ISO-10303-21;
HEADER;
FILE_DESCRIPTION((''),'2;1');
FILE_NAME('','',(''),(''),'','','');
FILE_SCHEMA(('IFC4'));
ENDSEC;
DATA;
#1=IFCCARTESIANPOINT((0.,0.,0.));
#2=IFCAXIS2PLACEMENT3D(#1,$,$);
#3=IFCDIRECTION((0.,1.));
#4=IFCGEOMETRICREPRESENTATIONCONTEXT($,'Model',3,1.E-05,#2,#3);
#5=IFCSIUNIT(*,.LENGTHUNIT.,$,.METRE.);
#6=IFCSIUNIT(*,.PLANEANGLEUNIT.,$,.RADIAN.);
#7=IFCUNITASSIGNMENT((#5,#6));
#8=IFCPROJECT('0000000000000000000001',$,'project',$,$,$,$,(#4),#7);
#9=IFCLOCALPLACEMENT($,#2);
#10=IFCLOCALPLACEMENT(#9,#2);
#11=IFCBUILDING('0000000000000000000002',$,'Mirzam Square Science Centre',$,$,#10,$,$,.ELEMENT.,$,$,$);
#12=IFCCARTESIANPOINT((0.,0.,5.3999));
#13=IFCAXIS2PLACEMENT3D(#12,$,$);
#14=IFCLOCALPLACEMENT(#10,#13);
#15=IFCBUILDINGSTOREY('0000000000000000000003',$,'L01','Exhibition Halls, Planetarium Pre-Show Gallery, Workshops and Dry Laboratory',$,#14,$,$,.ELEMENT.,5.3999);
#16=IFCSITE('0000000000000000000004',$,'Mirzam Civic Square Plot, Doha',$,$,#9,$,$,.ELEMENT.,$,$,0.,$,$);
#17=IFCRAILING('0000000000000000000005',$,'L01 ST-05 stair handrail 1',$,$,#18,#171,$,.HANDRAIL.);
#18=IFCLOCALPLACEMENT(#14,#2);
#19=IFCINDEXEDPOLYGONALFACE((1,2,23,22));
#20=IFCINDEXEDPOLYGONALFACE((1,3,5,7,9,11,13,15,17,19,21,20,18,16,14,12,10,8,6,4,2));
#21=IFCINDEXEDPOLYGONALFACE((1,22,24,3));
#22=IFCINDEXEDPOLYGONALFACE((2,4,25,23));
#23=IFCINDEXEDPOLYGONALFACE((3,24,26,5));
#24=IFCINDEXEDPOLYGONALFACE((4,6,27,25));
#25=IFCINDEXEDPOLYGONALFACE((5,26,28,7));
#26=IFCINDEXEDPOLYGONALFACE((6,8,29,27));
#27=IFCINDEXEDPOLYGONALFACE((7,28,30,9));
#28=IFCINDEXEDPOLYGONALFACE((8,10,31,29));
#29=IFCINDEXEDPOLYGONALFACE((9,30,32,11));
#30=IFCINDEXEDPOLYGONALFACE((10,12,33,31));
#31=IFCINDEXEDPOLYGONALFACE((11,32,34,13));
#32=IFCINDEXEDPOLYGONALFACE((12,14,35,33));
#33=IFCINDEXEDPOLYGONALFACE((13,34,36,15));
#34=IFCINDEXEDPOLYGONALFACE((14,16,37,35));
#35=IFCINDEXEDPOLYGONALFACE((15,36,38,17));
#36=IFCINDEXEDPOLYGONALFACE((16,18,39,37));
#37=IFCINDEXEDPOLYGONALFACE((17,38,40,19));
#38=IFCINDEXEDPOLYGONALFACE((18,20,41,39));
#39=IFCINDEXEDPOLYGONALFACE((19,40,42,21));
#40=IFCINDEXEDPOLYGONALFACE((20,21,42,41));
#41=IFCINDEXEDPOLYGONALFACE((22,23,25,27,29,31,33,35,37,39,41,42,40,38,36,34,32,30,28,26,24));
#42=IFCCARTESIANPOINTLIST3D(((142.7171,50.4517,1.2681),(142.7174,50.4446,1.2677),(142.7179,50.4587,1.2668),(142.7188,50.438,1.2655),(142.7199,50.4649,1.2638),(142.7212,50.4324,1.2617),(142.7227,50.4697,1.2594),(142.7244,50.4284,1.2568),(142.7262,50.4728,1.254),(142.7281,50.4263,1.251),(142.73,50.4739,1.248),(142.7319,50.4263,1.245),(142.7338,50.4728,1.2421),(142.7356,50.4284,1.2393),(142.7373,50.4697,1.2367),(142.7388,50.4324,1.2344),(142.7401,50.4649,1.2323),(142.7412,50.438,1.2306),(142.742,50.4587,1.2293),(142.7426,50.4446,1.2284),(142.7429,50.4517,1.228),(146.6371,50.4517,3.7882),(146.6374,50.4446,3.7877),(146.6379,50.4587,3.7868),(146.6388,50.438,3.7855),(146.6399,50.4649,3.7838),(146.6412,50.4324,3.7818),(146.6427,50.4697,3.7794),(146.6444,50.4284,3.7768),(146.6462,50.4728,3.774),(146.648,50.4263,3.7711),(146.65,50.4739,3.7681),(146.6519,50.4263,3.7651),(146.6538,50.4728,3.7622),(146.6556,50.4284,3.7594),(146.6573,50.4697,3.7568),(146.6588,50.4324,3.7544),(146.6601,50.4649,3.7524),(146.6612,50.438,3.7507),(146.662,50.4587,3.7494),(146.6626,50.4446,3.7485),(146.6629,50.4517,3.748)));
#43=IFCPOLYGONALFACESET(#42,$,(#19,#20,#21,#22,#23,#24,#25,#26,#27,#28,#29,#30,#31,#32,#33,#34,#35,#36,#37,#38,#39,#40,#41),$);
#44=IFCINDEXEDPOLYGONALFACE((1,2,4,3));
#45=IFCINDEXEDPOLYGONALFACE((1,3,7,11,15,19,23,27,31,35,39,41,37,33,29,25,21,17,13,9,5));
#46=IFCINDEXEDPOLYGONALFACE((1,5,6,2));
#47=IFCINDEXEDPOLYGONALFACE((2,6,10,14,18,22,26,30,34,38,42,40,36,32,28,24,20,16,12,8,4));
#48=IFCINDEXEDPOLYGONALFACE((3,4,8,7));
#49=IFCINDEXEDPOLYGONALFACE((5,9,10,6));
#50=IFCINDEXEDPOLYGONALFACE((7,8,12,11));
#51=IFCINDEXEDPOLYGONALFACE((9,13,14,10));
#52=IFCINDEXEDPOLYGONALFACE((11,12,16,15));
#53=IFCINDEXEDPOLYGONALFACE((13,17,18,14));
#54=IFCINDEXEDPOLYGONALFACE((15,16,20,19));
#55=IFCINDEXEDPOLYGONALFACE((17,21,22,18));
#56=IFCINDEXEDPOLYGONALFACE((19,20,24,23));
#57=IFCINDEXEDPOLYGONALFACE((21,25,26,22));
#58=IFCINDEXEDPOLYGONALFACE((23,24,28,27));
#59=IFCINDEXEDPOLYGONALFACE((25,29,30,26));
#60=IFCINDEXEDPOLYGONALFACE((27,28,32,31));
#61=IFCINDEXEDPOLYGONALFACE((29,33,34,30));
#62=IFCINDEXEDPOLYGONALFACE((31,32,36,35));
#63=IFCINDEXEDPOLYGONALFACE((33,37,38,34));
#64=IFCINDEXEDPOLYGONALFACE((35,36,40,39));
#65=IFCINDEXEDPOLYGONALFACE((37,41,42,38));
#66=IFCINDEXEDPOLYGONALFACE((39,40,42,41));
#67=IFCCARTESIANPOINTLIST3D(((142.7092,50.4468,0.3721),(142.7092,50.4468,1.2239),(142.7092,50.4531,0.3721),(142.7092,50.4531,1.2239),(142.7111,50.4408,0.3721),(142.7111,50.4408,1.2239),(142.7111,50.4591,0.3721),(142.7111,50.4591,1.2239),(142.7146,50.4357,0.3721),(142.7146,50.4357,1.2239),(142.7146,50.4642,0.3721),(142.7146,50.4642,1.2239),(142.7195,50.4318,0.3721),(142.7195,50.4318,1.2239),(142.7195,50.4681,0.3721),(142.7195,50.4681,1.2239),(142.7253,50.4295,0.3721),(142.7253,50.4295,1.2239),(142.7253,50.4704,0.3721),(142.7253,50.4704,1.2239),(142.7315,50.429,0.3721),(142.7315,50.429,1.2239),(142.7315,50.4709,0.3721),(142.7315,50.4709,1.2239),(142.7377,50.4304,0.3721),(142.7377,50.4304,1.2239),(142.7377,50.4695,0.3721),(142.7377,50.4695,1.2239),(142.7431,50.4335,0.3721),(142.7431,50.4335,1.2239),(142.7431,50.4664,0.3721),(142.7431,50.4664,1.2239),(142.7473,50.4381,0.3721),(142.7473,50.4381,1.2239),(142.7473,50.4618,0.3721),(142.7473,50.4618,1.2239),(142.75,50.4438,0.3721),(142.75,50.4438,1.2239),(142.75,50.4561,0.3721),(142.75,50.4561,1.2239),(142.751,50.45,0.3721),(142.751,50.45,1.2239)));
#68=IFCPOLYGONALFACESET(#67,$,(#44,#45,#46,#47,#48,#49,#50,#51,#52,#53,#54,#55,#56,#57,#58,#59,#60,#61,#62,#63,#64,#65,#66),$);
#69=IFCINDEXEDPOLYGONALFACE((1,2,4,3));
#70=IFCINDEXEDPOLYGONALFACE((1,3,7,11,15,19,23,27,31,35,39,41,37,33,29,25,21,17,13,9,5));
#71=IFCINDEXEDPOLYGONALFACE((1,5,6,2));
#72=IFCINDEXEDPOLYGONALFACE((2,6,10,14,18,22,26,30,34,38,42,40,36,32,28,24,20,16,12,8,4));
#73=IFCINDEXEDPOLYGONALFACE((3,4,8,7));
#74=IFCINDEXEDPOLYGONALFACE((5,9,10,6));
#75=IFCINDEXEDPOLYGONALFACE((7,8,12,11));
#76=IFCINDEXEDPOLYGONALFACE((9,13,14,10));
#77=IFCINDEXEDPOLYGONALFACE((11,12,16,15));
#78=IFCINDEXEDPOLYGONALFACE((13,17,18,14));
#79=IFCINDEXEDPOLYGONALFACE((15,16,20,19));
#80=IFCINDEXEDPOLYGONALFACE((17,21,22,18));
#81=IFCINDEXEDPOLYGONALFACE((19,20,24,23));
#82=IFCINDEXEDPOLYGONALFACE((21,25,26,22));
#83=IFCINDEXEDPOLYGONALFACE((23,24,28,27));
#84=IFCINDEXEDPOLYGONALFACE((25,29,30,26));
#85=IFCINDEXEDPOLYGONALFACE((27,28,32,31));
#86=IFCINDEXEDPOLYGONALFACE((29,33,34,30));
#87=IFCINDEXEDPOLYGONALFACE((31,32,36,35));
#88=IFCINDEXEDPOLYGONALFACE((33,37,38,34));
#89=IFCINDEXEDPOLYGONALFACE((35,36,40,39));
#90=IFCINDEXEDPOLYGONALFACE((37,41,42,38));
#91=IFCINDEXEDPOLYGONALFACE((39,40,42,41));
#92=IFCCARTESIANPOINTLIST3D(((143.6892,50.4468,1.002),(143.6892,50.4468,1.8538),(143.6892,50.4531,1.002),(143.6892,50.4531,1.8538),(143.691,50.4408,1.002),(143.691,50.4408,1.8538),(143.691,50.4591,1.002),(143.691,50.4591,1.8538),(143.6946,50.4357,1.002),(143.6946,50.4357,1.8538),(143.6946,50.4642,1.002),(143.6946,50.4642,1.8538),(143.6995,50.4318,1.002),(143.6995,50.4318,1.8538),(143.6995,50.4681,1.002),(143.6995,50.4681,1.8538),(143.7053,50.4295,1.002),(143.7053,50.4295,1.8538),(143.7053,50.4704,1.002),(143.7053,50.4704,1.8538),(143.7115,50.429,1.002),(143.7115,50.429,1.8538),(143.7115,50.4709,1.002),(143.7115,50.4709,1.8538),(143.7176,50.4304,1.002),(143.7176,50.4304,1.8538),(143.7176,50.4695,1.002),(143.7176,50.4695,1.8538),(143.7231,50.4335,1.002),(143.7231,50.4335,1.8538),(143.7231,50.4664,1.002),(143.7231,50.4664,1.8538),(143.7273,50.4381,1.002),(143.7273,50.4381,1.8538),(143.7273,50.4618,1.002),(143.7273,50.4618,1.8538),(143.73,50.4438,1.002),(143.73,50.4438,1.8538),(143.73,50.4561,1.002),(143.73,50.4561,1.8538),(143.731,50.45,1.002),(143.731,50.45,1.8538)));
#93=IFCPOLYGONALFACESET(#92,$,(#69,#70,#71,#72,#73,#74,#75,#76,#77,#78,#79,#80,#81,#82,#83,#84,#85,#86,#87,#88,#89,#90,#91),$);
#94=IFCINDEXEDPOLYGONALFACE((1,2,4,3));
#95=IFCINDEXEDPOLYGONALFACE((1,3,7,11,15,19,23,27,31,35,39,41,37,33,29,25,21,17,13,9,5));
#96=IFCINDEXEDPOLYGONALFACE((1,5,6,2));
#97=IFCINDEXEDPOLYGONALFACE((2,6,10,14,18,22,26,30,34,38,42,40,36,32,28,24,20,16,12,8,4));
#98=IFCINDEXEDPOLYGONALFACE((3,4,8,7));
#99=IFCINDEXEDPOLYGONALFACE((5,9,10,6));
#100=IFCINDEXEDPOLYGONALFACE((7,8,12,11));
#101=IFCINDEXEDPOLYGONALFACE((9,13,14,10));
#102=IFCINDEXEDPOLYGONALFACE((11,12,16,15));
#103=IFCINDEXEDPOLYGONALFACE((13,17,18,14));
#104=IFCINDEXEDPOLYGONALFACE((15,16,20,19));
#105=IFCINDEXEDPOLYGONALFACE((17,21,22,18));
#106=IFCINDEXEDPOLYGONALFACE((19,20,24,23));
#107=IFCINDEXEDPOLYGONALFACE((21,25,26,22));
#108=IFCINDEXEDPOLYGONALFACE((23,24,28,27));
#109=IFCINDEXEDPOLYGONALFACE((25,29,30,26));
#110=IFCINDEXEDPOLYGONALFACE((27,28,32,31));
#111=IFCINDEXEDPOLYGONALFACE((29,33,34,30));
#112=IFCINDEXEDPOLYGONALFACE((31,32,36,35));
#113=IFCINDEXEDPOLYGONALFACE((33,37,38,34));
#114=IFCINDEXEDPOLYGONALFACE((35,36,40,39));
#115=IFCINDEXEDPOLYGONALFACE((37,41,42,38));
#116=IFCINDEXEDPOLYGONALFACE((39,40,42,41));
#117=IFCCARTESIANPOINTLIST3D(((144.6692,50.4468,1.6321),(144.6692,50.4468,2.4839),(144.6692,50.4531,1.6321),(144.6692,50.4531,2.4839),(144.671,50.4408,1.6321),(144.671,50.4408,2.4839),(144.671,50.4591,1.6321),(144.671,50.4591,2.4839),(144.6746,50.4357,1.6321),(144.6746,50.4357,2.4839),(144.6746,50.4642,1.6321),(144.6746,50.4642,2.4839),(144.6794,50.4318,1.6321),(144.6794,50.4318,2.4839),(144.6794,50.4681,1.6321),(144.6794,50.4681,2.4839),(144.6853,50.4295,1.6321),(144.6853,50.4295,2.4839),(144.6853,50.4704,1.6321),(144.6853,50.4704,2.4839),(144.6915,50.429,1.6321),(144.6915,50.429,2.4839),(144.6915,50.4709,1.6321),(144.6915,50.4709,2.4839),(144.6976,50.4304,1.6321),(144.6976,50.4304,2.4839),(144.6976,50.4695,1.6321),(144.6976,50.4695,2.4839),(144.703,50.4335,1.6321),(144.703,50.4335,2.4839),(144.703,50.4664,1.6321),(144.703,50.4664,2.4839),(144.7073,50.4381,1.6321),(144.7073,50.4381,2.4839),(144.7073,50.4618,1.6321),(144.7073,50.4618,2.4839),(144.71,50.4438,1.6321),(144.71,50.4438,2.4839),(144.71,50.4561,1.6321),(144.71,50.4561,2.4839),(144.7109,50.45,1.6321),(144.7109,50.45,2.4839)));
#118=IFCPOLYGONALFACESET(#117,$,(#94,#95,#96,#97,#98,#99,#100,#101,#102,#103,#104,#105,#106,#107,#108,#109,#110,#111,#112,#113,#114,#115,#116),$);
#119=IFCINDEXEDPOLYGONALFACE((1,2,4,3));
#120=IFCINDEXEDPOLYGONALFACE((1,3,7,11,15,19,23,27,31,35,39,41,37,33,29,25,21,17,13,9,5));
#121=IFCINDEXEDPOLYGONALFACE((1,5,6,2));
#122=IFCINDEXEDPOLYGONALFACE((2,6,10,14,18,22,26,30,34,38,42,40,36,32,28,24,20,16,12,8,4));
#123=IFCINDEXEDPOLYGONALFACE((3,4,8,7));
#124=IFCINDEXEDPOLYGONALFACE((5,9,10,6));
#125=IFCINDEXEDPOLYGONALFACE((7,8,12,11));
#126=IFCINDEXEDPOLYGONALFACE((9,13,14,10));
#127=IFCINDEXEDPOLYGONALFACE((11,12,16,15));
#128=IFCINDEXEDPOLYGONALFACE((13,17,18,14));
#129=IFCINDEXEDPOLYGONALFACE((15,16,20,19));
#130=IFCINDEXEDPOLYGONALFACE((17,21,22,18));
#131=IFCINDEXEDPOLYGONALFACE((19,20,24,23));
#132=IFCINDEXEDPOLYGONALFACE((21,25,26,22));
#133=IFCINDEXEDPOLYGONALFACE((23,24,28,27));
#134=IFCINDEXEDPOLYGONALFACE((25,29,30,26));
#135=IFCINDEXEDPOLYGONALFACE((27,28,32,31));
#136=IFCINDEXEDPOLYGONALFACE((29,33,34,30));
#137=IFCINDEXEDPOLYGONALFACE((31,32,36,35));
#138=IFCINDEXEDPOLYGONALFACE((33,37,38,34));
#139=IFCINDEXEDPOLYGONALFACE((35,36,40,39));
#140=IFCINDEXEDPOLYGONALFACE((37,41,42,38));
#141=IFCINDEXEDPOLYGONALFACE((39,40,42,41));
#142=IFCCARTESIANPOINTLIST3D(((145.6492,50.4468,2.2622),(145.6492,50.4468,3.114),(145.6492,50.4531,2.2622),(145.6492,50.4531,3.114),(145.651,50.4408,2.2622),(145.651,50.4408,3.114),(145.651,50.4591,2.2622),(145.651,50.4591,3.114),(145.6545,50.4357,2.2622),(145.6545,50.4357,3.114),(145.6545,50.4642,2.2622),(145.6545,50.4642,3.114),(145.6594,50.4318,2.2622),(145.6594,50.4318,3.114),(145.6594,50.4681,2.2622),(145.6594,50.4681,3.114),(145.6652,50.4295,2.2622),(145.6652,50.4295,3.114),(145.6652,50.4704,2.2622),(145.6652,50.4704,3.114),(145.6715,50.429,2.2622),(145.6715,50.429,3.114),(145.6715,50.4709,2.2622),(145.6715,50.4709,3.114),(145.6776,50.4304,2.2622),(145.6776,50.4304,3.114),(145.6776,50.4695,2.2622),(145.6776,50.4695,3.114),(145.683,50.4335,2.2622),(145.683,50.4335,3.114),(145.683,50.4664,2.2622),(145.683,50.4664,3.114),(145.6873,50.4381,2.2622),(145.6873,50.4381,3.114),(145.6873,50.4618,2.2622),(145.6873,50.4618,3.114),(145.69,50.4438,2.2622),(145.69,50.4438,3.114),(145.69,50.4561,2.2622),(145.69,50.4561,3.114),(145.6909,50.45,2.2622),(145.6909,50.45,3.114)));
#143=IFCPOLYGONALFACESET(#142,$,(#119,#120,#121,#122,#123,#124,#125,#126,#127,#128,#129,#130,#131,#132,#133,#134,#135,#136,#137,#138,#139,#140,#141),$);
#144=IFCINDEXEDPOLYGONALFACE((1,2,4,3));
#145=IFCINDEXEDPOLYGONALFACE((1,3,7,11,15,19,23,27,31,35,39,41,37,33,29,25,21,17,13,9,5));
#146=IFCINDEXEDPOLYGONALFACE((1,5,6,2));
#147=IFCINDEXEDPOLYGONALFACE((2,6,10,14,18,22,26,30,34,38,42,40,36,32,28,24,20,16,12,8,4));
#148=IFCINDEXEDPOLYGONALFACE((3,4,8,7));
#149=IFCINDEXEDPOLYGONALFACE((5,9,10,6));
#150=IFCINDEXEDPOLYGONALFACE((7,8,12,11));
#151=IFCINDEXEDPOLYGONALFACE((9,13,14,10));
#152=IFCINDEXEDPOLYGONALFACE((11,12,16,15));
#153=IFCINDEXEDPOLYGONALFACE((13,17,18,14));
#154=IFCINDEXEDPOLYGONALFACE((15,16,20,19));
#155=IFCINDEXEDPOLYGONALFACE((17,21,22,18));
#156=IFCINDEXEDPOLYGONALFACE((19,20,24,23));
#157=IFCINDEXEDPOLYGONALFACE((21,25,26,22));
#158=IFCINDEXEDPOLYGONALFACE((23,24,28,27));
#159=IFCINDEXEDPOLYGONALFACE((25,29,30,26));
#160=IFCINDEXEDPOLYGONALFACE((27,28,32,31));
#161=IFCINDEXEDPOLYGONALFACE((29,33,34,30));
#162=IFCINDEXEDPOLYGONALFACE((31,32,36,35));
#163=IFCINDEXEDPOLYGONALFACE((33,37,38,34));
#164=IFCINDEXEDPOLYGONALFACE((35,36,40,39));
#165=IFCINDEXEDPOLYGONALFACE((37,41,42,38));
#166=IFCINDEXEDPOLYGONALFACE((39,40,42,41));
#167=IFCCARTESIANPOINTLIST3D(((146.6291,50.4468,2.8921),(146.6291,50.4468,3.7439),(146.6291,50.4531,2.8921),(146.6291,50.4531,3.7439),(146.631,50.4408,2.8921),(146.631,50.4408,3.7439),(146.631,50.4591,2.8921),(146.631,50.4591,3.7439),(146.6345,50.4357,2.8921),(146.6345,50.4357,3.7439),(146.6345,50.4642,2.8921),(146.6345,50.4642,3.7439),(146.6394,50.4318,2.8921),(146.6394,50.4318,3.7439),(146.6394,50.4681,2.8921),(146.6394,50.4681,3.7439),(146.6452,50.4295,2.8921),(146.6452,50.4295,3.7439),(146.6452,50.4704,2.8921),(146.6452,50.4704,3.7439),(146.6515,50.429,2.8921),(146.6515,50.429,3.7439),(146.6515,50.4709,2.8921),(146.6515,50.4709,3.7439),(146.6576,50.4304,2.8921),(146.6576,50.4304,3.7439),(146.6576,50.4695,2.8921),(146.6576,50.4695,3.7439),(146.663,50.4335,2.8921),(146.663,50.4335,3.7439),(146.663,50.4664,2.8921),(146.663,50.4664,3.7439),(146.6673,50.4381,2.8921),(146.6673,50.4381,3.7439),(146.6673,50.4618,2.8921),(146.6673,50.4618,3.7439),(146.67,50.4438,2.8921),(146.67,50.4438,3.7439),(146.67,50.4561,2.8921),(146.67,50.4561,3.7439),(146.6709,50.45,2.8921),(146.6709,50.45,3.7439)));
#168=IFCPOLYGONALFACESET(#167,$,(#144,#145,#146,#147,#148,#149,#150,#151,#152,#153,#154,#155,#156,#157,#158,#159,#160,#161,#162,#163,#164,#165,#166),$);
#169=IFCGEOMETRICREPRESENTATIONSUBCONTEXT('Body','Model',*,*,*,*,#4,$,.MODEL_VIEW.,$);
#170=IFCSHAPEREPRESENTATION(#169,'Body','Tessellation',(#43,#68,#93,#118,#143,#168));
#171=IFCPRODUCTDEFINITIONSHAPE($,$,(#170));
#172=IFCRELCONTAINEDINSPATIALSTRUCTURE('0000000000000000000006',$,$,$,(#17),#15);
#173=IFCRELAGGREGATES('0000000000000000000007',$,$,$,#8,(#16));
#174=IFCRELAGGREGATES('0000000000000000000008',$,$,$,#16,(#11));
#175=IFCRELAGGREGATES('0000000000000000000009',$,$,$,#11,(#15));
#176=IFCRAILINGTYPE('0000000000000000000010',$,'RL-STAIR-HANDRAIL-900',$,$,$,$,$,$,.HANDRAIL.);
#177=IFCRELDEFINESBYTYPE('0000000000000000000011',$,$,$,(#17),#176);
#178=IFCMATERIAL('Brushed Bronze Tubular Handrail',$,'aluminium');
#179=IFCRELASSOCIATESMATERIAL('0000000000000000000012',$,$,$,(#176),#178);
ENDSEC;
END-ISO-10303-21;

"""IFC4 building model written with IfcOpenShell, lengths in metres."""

from ifc_helpers import new_model, si_unit, direction, frame, origin, origin_2d, place, context, subcontext, project, spatial, circle, extrude, material, type_object, element, save


model = new_model("IFC4")

# Units and contexts
model_context = context("Model", 3, precision=1e-05, world=origin(), true_north=direction((0.0, 1.0)))
body_context = subcontext(model_context, "Body", "Model", "MODEL_VIEW")
ifc_project = project(units=[si_unit("LENGTHUNIT", "METRE"), si_unit("PLANEANGLEUNIT", "RADIAN")], contexts=[model_context])

# Site, building, storey
site_placement = place(None, origin())
site = spatial("IfcSite", under=ifc_project, at=site_placement, Name="Mirzam Civic Square Plot, Doha", CompositionType="ELEMENT", RefElevation=0.0)
building_placement = place(site_placement, origin())
building = spatial("IfcBuilding", under=site, at=building_placement, Name="Mirzam Square Science Centre", CompositionType="ELEMENT")
storey_placement = place(building_placement, frame((0.0, 0.0, 5.3999)))
storey = spatial("IfcBuildingStorey", under=building, at=storey_placement, Name="L01", Description="Exhibition Halls, Planetarium Pre-Show Gallery, Workshops and Dry Laboratory", CompositionType="ELEMENT", Elevation=5.3999)

# Railing
ifc_material_1 = material(Name="Brushed Bronze Tubular Handrail", Category="aluminium")
railing_type_1 = type_object("IfcRailingType", Name="RL-STAIR-HANDRAIL-900", PredefinedType="HANDRAIL", material=ifc_material_1)
railing_1_placement = place(storey_placement, frame((142.73, 50.45, 0.3721)))
element("IfcRailing", 1, at=railing_1_placement, inside=storey, type_object=railing_type_1, Name="L01 ST-05 stair handrail 1", PredefinedType="HANDRAIL", context=body_context, shape_type="SweptSolid", body=[
    extrude(circle(Radius=0.0239, at=origin_2d()), frame((0.0, 0.0, 0.876), z_axis=(0.841172, 0.0, 0.540768), x_axis=(0.0, 1.0, 0.0)), (0.0, 0.0, 1.0), 4.6602),
    extrude(circle(Radius=0.021, at=origin_2d()), origin(), (0.0, 0.0, 1.0), 0.8518),
    extrude(circle(Radius=0.021, at=origin_2d()), frame((0.98, 0.0, 0.6299)), (0.0, 0.0, 1.0), 0.8518),
    extrude(circle(Radius=0.021, at=origin_2d()), frame((1.96, 0.0, 1.26)), (0.0, 0.0, 1.0), 0.8518),
    extrude(circle(Radius=0.021, at=origin_2d()), frame((2.9399, 0.0, 1.8901)), (0.0, 0.0, 1.0), 0.8518),
    extrude(circle(Radius=0.021, at=origin_2d()), frame((3.9199, 0.0, 2.52)), (0.0, 0.0, 1.0), 0.8518),
])

save(model, "model.ifc")
